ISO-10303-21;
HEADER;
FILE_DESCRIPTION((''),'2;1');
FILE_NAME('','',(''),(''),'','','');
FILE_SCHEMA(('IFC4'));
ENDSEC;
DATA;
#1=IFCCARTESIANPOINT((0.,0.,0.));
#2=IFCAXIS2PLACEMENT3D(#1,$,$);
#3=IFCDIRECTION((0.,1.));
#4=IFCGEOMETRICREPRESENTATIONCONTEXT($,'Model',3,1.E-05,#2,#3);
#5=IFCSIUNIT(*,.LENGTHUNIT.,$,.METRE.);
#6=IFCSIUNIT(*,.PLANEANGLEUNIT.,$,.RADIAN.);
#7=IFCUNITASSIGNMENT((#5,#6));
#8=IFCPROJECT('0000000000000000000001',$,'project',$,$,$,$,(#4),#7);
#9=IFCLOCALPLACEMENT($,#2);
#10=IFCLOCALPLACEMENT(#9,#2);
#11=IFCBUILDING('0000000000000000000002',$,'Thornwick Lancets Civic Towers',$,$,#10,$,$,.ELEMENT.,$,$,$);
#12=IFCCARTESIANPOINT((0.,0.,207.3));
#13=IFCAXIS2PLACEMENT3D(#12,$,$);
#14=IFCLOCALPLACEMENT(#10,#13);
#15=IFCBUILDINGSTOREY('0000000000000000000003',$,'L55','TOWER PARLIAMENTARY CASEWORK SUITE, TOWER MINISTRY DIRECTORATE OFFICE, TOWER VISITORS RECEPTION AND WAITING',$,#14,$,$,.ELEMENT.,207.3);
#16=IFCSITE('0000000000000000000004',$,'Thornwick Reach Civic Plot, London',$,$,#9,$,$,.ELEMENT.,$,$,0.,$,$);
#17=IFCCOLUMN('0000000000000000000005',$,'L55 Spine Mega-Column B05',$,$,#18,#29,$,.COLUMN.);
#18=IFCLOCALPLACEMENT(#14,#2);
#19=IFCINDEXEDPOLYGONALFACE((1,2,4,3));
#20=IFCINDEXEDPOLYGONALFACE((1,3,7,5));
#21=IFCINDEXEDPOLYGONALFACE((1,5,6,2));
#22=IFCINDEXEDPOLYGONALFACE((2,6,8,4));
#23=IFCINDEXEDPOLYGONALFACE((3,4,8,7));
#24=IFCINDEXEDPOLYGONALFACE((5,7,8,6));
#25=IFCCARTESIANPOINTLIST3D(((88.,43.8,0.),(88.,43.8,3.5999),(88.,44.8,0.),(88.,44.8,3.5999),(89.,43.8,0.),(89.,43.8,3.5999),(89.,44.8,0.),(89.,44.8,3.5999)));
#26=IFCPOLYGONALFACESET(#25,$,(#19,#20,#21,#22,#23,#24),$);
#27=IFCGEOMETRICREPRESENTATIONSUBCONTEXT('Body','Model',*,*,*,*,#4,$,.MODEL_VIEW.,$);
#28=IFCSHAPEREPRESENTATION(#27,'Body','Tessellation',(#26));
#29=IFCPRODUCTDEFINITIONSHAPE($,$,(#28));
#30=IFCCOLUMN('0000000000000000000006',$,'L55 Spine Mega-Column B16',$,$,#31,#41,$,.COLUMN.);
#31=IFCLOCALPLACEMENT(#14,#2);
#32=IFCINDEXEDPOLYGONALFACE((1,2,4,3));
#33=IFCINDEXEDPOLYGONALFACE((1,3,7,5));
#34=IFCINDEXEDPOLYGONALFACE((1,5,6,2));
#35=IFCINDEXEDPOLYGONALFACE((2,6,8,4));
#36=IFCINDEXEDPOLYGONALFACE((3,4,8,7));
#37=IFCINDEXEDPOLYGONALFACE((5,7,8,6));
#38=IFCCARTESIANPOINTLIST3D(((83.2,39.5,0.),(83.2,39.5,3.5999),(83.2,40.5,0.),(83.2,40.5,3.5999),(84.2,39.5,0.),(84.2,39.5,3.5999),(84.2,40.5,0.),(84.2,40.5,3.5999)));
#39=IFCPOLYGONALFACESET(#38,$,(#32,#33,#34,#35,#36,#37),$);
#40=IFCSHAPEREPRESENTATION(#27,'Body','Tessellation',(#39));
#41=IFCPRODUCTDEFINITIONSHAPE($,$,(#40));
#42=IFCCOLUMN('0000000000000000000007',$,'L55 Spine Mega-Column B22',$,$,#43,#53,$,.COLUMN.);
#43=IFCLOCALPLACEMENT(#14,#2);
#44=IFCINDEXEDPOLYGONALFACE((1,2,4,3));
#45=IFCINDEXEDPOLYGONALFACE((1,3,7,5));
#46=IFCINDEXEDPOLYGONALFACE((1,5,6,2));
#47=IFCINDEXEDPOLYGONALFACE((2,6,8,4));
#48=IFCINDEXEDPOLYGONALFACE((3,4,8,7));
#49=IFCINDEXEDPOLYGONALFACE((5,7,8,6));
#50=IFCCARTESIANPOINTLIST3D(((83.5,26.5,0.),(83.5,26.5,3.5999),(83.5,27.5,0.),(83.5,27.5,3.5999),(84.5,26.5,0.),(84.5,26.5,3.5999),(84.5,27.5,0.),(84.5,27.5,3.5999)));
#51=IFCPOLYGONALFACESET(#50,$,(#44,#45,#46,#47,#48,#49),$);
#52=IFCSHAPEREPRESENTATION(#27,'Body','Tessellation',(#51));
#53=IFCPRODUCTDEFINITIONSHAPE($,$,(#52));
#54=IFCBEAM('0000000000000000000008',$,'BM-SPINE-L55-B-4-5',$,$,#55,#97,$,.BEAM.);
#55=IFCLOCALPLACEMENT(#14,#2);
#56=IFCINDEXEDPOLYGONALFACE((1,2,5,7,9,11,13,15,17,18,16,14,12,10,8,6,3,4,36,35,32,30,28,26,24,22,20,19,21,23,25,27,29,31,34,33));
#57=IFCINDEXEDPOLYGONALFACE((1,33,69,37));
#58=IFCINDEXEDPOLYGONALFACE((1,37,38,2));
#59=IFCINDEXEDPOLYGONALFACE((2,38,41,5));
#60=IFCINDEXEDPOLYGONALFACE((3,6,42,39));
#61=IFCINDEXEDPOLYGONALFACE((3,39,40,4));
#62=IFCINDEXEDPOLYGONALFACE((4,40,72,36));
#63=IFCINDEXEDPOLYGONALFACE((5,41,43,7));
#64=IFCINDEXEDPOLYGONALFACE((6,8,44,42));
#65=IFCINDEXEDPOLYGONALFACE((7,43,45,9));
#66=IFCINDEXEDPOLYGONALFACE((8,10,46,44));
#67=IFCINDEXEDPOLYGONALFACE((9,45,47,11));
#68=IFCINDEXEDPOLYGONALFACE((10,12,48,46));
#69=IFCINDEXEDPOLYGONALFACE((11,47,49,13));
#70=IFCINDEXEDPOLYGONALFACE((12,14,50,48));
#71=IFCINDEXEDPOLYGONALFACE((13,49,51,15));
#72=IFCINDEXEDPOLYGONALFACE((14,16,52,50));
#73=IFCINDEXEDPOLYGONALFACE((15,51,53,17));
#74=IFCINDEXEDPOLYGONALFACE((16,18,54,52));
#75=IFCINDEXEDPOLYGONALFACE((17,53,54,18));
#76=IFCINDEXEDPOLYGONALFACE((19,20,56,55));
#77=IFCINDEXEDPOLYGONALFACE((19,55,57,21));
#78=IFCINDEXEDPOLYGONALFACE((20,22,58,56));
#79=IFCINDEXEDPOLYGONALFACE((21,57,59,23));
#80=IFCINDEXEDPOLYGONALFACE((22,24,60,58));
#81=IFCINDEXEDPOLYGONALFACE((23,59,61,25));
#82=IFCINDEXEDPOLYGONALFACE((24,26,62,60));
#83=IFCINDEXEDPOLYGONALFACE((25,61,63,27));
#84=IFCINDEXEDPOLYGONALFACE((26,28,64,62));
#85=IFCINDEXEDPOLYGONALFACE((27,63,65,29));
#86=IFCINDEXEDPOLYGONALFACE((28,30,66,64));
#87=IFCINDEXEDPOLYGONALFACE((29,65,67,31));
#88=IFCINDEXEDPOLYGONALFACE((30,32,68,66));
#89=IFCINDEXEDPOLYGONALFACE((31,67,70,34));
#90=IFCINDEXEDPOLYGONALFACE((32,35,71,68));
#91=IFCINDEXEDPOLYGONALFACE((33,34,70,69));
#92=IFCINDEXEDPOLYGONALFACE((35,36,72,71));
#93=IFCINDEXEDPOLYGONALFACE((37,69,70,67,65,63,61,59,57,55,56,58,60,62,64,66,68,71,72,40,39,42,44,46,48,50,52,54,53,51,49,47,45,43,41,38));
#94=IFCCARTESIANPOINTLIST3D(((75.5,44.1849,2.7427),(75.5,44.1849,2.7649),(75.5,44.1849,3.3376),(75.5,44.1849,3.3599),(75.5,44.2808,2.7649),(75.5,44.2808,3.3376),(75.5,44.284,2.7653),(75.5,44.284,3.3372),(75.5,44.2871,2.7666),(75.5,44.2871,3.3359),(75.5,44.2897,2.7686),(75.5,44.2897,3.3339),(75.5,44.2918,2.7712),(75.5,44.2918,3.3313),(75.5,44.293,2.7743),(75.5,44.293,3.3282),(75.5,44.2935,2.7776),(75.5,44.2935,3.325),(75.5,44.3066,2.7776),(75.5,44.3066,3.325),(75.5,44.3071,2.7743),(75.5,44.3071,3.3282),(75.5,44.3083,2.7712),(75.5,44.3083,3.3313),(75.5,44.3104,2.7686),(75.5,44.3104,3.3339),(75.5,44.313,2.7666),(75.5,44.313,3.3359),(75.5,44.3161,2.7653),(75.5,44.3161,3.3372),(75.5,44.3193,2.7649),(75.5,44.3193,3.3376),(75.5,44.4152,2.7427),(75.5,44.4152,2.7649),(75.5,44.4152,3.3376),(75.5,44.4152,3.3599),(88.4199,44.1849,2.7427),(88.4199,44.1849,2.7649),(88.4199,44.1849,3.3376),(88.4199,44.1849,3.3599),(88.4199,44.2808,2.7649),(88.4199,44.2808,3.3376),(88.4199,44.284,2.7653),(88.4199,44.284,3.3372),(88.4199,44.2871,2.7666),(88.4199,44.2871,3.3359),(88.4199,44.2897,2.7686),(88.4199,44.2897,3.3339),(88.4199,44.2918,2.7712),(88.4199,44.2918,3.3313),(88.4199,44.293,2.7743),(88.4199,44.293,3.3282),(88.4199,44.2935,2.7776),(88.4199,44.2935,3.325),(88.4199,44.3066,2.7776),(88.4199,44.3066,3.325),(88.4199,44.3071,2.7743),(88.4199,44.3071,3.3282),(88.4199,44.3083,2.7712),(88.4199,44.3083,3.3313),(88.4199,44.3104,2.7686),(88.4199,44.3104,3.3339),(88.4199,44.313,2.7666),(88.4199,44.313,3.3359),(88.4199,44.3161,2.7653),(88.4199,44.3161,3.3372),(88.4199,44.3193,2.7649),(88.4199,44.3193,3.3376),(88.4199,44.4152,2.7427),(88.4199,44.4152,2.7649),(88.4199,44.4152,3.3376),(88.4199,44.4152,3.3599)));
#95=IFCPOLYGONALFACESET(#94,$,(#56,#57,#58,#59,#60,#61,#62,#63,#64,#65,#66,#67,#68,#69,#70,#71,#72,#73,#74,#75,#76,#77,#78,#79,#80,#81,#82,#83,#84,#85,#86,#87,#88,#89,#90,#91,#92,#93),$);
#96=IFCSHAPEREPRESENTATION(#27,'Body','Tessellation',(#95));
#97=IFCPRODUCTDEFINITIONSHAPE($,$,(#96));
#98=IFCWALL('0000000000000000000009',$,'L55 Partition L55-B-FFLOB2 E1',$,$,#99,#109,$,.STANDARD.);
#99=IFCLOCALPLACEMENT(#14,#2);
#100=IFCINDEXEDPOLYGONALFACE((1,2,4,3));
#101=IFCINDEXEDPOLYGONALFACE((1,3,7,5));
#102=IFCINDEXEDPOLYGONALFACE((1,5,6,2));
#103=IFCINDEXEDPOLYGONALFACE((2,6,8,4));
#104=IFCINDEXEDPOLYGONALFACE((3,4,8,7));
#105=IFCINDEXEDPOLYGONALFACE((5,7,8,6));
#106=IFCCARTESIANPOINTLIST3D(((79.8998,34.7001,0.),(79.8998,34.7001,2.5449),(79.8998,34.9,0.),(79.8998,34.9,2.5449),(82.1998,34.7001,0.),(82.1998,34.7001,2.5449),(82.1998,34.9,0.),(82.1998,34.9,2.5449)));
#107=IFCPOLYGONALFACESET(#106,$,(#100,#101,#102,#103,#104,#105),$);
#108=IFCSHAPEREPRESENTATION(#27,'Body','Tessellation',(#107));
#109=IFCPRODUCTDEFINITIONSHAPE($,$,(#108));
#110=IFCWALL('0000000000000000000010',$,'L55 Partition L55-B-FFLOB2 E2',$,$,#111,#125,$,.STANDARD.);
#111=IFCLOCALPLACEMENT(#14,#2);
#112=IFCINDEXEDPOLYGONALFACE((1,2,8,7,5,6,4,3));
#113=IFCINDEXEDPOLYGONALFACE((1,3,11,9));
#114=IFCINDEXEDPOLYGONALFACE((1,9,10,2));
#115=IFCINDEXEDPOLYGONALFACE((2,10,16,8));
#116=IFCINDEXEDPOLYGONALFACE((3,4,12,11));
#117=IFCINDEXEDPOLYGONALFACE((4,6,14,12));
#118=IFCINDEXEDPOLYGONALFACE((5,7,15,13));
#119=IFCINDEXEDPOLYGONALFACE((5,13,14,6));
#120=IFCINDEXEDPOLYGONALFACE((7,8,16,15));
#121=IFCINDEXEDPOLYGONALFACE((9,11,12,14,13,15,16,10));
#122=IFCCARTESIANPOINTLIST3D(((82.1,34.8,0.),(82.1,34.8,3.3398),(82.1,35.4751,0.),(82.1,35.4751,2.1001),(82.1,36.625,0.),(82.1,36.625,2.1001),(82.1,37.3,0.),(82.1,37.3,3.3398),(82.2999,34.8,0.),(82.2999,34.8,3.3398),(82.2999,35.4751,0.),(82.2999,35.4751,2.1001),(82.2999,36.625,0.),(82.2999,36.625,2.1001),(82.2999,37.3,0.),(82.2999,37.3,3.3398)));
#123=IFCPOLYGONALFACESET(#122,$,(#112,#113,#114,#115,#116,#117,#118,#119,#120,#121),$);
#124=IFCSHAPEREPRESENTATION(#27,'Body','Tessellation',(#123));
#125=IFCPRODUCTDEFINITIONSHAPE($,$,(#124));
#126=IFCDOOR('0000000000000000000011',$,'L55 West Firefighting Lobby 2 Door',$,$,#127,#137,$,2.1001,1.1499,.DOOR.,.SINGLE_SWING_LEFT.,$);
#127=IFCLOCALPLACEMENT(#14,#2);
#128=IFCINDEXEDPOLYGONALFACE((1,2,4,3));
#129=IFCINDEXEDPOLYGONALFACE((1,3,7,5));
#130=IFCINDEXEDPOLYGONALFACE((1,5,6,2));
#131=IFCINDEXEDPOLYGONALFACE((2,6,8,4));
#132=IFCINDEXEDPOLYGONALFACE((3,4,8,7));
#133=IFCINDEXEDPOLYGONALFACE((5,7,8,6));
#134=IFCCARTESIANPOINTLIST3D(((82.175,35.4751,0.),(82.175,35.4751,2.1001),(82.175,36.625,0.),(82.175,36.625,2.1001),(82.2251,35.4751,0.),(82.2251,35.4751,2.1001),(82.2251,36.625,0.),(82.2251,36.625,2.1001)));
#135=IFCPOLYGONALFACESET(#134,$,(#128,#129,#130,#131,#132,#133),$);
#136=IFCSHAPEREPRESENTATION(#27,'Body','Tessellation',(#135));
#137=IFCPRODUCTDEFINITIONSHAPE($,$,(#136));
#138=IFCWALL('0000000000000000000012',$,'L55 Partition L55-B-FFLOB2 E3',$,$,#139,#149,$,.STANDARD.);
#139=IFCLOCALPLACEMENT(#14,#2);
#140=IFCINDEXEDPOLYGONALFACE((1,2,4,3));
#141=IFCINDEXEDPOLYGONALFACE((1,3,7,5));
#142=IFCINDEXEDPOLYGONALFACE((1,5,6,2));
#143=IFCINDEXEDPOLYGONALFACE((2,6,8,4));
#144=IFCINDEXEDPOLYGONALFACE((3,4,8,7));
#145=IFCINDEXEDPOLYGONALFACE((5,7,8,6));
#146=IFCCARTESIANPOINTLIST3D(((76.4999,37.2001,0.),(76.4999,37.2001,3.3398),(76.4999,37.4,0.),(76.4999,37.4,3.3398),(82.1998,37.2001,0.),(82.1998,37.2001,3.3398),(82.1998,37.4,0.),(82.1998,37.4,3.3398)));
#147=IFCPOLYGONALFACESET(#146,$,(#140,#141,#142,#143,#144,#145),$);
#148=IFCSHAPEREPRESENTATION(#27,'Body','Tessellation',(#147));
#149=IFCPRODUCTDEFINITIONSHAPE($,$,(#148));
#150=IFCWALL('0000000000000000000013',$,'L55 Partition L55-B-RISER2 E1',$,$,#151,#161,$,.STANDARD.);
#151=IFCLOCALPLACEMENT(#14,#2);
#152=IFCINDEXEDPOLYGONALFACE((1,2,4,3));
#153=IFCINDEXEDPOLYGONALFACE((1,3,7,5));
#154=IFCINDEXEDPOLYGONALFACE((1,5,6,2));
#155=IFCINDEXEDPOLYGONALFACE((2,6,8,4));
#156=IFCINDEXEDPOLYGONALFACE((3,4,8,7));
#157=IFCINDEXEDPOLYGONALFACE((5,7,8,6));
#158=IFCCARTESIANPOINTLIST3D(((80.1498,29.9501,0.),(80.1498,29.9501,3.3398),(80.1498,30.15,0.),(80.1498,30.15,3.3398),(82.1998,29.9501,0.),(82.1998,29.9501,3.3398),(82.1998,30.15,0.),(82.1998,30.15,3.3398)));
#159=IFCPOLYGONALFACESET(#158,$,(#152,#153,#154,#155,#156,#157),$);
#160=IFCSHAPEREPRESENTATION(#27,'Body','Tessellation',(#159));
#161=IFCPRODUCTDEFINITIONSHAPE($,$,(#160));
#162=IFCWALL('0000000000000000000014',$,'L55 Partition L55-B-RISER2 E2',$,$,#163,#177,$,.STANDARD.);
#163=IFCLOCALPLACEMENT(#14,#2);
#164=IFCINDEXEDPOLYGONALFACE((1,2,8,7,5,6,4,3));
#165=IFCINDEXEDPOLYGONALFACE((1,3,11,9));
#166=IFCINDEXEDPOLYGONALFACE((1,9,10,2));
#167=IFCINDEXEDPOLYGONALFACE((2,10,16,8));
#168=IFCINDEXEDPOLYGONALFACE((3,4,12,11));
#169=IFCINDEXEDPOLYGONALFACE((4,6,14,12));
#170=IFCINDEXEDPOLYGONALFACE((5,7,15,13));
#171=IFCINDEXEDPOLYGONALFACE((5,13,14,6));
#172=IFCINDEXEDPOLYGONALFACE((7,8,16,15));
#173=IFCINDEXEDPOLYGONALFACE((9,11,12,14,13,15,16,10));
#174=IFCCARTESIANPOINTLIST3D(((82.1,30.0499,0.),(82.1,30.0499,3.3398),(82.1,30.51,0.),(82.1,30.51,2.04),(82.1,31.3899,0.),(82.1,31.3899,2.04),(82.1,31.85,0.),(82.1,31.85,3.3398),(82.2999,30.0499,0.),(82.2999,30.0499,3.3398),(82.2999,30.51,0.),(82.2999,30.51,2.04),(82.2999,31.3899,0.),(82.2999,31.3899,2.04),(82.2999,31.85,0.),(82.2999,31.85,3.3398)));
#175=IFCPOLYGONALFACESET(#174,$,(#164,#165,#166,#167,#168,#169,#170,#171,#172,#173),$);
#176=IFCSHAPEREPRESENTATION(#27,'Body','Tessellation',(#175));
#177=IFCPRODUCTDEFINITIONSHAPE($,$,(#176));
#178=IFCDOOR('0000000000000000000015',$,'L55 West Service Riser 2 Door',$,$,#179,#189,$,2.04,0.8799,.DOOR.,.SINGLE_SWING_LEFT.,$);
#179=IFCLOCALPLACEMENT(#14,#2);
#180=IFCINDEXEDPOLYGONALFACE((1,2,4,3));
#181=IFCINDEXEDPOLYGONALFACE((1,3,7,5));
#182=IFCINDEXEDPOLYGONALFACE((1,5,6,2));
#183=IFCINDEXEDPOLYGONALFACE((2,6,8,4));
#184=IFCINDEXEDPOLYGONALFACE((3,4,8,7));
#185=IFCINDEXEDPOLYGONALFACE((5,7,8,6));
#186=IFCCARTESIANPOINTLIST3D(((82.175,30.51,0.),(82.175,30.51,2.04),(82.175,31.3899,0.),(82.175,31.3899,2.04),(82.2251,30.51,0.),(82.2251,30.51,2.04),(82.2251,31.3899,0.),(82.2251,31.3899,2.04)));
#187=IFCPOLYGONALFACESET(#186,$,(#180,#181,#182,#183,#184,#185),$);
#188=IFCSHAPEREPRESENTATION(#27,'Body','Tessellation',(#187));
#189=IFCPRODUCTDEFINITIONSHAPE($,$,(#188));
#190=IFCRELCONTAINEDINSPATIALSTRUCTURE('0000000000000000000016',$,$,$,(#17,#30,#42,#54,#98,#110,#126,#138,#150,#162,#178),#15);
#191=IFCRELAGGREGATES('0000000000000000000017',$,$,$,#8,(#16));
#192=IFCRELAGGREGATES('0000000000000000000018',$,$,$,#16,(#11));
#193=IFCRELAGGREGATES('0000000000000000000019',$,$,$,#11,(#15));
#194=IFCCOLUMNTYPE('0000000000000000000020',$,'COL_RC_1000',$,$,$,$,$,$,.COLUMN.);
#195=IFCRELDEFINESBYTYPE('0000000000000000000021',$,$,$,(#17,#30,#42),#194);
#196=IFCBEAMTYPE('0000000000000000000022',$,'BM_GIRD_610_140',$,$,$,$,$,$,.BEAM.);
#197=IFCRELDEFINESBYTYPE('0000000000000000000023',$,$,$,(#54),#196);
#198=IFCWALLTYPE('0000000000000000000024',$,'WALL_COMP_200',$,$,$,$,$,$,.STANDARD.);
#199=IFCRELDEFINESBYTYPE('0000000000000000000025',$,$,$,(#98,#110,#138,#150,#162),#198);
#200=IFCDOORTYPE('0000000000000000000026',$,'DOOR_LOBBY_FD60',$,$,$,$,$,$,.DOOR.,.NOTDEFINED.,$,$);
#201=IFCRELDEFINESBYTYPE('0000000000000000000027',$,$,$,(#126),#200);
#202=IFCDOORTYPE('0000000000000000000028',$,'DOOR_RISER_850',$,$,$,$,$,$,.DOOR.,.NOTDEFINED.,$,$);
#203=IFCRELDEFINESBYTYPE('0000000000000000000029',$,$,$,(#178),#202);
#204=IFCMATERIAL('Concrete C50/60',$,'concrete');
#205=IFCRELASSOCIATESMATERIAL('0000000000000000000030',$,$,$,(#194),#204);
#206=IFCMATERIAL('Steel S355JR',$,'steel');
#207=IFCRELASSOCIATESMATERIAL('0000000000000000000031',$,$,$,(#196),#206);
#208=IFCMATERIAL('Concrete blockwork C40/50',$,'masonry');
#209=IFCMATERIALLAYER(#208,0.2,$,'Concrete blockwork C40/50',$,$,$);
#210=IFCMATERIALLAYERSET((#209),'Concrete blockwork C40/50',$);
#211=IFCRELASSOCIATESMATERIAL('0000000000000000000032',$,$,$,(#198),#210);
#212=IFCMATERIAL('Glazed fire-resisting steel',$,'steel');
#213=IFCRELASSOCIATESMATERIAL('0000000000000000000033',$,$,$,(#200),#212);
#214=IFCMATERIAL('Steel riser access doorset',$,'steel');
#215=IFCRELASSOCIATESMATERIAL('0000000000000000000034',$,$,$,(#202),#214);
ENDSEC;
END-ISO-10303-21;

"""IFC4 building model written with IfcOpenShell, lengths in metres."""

from ifc_helpers import new_model, si_unit, direction, frame, frame_2d, origin, origin_2d, place, context, subcontext, project, spatial, rectangle, i_section, extrude, material, layer, layer_set, material_profile, profile_set, type_object, element, fill, save


model = new_model("IFC4")

# Units and contexts
model_context = context("Model", 3, precision=1e-05, world=origin(), true_north=direction((0.0, 1.0)))
body_context = subcontext(model_context, "Body", "Model", "MODEL_VIEW")
ifc_project = project(units=[si_unit("LENGTHUNIT", "METRE"), si_unit("PLANEANGLEUNIT", "RADIAN")], contexts=[model_context])

# Site, building, storey
site_placement = place(None, origin())
site = spatial("IfcSite", under=ifc_project, at=site_placement, Name="Thornwick Reach Civic Plot, London", CompositionType="ELEMENT", RefElevation=0.0)
building_placement = place(site_placement, origin())
building = spatial("IfcBuilding", under=site, at=building_placement, Name="Thornwick Lancets Civic Towers", CompositionType="ELEMENT")
storey_placement = place(building_placement, frame((0.0, 0.0, 207.3)))
storey = spatial("IfcBuildingStorey", under=building, at=storey_placement, Name="L55", Description="TOWER PARLIAMENTARY CASEWORK SUITE, TOWER MINISTRY DIRECTORATE OFFICE, TOWER VISITORS RECEPTION AND WAITING", CompositionType="ELEMENT", Elevation=207.3)

# Columns
ifc_material_1 = material(Name="Concrete C50/60", Category="concrete")
ifc_material_profile_1 = material_profile(ifc_material_1, rectangle(XDim=1.0, YDim=1.0, at=origin_2d()), Name="RC 1000x1000")
ifc_profile_set_1 = profile_set([ifc_material_profile_1], Name="Concrete C50/60")
column_type = type_object("IfcColumnType", Name="COL_RC_1000", PredefinedType="COLUMN", material=ifc_profile_set_1)
for number, where, z_axis, x_axis, name in (
    (1, (88.5, 44.3, 0.0), (0.0, 0.0, 1.0), (1.0, 0.0, 0.0), "L55 Spine Mega-Column B05"),
    (2, (83.7, 40.0, 0.0), (0.0, 0.0, 1.0), (1.0, 0.0, 0.0), "L55 Spine Mega-Column B16"),
    (3, (84.0, 27.0, 0.0), (0.0, 0.0, 1.0), (1.0, 0.0, 0.0), "L55 Spine Mega-Column B22"),
):
    element("IfcColumn", number, at=place(storey_placement, frame(where, z_axis=z_axis, x_axis=x_axis)), inside=storey, type_object=column_type, Name=name, PredefinedType="COLUMN", context=body_context, shape_type="SweptSolid", body=[
        extrude(rectangle(XDim=1.0, YDim=1.0, at=origin_2d()), origin(), (0.0, 0.0, 1.0), 3.5999),
    ])

# Beam
ifc_material_2 = material(Name="Steel S355JR", Category="steel")
ifc_material_profile_2 = material_profile(ifc_material_2, i_section(OverallWidth=0.2302, OverallDepth=0.6172, WebThickness=0.0132, FlangeThickness=0.0222, FilletRadius=0.0127, at=origin_2d()), Name="UKB 610x229x140")
ifc_profile_set_2 = profile_set([ifc_material_profile_2], Name="Steel S355JR")
beam_type = type_object("IfcBeamType", Name="BM_GIRD_610_140", PredefinedType="BEAM", material=ifc_profile_set_2)
beam_placement = place(storey_placement, frame((88.4199, 44.3, 3.0513), z_axis=(-1.0, 0.0, 0.0), x_axis=(0.0, -1.0, 0.0)))
element("IfcBeam", 4, at=beam_placement, inside=storey, type_object=beam_type, Name="BM-SPINE-L55-B-4-5", PredefinedType="BEAM", context=body_context, shape_type="SweptSolid", body=[
    extrude(i_section(OverallWidth=0.2302, OverallDepth=0.6172, WebThickness=0.0132, FlangeThickness=0.0222, FilletRadius=0.0127, at=origin_2d()), origin(), (0.0, 0.0, 1.0), 12.9199),
])

# Wall
ifc_material_3 = material(Name="Concrete blockwork C40/50", Category="masonry")
ifc_layer_1 = layer(ifc_material_3, 0.2, Name="Concrete blockwork C40/50")
ifc_layer_set_1 = layer_set([ifc_layer_1], Name="Concrete blockwork C40/50")
wall_type_1 = type_object("IfcWallType", Name="WALL_COMP_200", PredefinedType="STANDARD", material=ifc_layer_set_1)
wall_1_placement = place(storey_placement, frame((79.8999, 34.8, 0.0), z_axis=(0.0, 0.0, 1.0), x_axis=(1.0, 0.0, 0.0)))
element("IfcWall", 5, at=wall_1_placement, inside=storey, type_object=wall_type_1, Name="L55 Partition L55-B-FFLOB2 E1", PredefinedType="STANDARD", context=body_context, shape_type="SweptSolid", body=[
    extrude(rectangle(XDim=2.3, YDim=0.2, at=frame_2d((1.1499, 0.0))), origin(), (0.0, 0.0, 1.0), 2.5449),
])

# Wall, opening, door
wall_2_placement = place(storey_placement, frame((82.2, 34.8, 0.0), z_axis=(0.0, 0.0, 1.0), x_axis=(0.0, 1.0, 0.0)))
wall_2 = element("IfcWall", 6, at=wall_2_placement, inside=storey, type_object=wall_type_1, Name="L55 Partition L55-B-FFLOB2 E2", PredefinedType="STANDARD", context=body_context, shape_type="SweptSolid", body=[
    extrude(rectangle(XDim=2.5, YDim=0.2, at=frame_2d((1.25, 0.0))), origin(), (0.0, 0.0, 1.0), 3.3398),
])
opening_1_placement = place(wall_2_placement, frame((0.675, 0.0, 0.0)))
opening_1 = element("IfcOpeningElement", 7, at=opening_1_placement, cuts=wall_2, PredefinedType="OPENING", context=body_context, shape_type="SweptSolid", body=[
    extrude(rectangle(XDim=1.1499, YDim=2.1001, at=frame_2d((0.575, 1.05))), frame((0.0, 0.1099, 0.0), z_axis=(0.0, -1.0, 0.0), x_axis=(1.0, 0.0, 0.0)), (0.0, 0.0, 1.0), 0.22),
])
ifc_material_4 = material(Name="Glazed fire-resisting steel", Category="steel")
door_type_1 = type_object("IfcDoorType", Name="DOOR_LOBBY_FD60", OperationType="NOTDEFINED", PredefinedType="DOOR", material=ifc_material_4)
door_1_placement = place(opening_1_placement, origin())
door_1 = element("IfcDoor", 8, at=door_1_placement, inside=storey, type_object=door_type_1, Name="L55 West Firefighting Lobby 2 Door", OperationType="SINGLE_SWING_LEFT", OverallHeight=2.1001, OverallWidth=1.1499, PredefinedType="DOOR", context=body_context, shape_type="SweptSolid", body=[
    extrude(rectangle(XDim=1.1499, YDim=2.1001, at=frame_2d((0.575, 1.05))), frame((0.0, 0.0249, 0.0), z_axis=(0.0, -1.0, 0.0), x_axis=(1.0, 0.0, 0.0)), (0.0, 0.0, 1.0), 0.05),
])
fill(opening_1, door_1)

# Walls
wall_3_placement = place(storey_placement, frame((82.2, 37.3, 0.0), z_axis=(0.0, 0.0, 1.0), x_axis=(-1.0, 0.0, 0.0)))
element("IfcWall", 9, at=wall_3_placement, inside=storey, type_object=wall_type_1, Name="L55 Partition L55-B-FFLOB2 E3", PredefinedType="STANDARD", context=body_context, shape_type="SweptSolid", body=[
    extrude(rectangle(XDim=5.7, YDim=0.2, at=frame_2d((2.8501, 0.0))), origin(), (0.0, 0.0, 1.0), 3.3398),
])
wall_4_placement = place(storey_placement, frame((80.1499, 30.05, 0.0), z_axis=(0.0, 0.0, 1.0), x_axis=(1.0, 0.0, 0.0)))
element("IfcWall", 10, at=wall_4_placement, inside=storey, type_object=wall_type_1, Name="L55 Partition L55-B-RISER2 E1", PredefinedType="STANDARD", context=body_context, shape_type="SweptSolid", body=[
    extrude(rectangle(XDim=2.05, YDim=0.2, at=frame_2d((1.0249, 0.0))), origin(), (0.0, 0.0, 1.0), 3.3398),
])

# Wall, opening, door
wall_5_placement = place(storey_placement, frame((82.2, 30.05, 0.0), z_axis=(0.0, 0.0, 1.0), x_axis=(0.0, 1.0, 0.0)))
wall_5 = element("IfcWall", 11, at=wall_5_placement, inside=storey, type_object=wall_type_1, Name="L55 Partition L55-B-RISER2 E2", PredefinedType="STANDARD", context=body_context, shape_type="SweptSolid", body=[
    extrude(rectangle(XDim=1.8, YDim=0.2, at=frame_2d((0.8999, 0.0))), origin(), (0.0, 0.0, 1.0), 3.3398),
])
opening_2_placement = place(wall_5_placement, frame((0.46, 0.0, 0.0)))
opening_2 = element("IfcOpeningElement", 12, at=opening_2_placement, cuts=wall_5, PredefinedType="OPENING", context=body_context, shape_type="SweptSolid", body=[
    extrude(rectangle(XDim=0.8799, YDim=2.04, at=frame_2d((0.4399, 1.02))), frame((0.0, 0.1099, 0.0), z_axis=(0.0, -1.0, 0.0), x_axis=(1.0, 0.0, 0.0)), (0.0, 0.0, 1.0), 0.22),
])
ifc_material_5 = material(Name="Steel riser access doorset", Category="steel")
door_type_2 = type_object("IfcDoorType", Name="DOOR_RISER_850", OperationType="NOTDEFINED", PredefinedType="DOOR", material=ifc_material_5)
door_2_placement = place(opening_2_placement, origin())
door_2 = element("IfcDoor", 13, at=door_2_placement, inside=storey, type_object=door_type_2, Name="L55 West Service Riser 2 Door", OperationType="SINGLE_SWING_LEFT", OverallHeight=2.04, OverallWidth=0.8799, PredefinedType="DOOR", context=body_context, shape_type="SweptSolid", body=[
    extrude(rectangle(XDim=0.8799, YDim=2.04, at=frame_2d((0.4399, 1.02))), frame((0.0, 0.0249, 0.0), z_axis=(0.0, -1.0, 0.0), x_axis=(1.0, 0.0, 0.0)), (0.0, 0.0, 1.0), 0.05),
])
fill(opening_2, door_2)

save(model, "model.ifc")
